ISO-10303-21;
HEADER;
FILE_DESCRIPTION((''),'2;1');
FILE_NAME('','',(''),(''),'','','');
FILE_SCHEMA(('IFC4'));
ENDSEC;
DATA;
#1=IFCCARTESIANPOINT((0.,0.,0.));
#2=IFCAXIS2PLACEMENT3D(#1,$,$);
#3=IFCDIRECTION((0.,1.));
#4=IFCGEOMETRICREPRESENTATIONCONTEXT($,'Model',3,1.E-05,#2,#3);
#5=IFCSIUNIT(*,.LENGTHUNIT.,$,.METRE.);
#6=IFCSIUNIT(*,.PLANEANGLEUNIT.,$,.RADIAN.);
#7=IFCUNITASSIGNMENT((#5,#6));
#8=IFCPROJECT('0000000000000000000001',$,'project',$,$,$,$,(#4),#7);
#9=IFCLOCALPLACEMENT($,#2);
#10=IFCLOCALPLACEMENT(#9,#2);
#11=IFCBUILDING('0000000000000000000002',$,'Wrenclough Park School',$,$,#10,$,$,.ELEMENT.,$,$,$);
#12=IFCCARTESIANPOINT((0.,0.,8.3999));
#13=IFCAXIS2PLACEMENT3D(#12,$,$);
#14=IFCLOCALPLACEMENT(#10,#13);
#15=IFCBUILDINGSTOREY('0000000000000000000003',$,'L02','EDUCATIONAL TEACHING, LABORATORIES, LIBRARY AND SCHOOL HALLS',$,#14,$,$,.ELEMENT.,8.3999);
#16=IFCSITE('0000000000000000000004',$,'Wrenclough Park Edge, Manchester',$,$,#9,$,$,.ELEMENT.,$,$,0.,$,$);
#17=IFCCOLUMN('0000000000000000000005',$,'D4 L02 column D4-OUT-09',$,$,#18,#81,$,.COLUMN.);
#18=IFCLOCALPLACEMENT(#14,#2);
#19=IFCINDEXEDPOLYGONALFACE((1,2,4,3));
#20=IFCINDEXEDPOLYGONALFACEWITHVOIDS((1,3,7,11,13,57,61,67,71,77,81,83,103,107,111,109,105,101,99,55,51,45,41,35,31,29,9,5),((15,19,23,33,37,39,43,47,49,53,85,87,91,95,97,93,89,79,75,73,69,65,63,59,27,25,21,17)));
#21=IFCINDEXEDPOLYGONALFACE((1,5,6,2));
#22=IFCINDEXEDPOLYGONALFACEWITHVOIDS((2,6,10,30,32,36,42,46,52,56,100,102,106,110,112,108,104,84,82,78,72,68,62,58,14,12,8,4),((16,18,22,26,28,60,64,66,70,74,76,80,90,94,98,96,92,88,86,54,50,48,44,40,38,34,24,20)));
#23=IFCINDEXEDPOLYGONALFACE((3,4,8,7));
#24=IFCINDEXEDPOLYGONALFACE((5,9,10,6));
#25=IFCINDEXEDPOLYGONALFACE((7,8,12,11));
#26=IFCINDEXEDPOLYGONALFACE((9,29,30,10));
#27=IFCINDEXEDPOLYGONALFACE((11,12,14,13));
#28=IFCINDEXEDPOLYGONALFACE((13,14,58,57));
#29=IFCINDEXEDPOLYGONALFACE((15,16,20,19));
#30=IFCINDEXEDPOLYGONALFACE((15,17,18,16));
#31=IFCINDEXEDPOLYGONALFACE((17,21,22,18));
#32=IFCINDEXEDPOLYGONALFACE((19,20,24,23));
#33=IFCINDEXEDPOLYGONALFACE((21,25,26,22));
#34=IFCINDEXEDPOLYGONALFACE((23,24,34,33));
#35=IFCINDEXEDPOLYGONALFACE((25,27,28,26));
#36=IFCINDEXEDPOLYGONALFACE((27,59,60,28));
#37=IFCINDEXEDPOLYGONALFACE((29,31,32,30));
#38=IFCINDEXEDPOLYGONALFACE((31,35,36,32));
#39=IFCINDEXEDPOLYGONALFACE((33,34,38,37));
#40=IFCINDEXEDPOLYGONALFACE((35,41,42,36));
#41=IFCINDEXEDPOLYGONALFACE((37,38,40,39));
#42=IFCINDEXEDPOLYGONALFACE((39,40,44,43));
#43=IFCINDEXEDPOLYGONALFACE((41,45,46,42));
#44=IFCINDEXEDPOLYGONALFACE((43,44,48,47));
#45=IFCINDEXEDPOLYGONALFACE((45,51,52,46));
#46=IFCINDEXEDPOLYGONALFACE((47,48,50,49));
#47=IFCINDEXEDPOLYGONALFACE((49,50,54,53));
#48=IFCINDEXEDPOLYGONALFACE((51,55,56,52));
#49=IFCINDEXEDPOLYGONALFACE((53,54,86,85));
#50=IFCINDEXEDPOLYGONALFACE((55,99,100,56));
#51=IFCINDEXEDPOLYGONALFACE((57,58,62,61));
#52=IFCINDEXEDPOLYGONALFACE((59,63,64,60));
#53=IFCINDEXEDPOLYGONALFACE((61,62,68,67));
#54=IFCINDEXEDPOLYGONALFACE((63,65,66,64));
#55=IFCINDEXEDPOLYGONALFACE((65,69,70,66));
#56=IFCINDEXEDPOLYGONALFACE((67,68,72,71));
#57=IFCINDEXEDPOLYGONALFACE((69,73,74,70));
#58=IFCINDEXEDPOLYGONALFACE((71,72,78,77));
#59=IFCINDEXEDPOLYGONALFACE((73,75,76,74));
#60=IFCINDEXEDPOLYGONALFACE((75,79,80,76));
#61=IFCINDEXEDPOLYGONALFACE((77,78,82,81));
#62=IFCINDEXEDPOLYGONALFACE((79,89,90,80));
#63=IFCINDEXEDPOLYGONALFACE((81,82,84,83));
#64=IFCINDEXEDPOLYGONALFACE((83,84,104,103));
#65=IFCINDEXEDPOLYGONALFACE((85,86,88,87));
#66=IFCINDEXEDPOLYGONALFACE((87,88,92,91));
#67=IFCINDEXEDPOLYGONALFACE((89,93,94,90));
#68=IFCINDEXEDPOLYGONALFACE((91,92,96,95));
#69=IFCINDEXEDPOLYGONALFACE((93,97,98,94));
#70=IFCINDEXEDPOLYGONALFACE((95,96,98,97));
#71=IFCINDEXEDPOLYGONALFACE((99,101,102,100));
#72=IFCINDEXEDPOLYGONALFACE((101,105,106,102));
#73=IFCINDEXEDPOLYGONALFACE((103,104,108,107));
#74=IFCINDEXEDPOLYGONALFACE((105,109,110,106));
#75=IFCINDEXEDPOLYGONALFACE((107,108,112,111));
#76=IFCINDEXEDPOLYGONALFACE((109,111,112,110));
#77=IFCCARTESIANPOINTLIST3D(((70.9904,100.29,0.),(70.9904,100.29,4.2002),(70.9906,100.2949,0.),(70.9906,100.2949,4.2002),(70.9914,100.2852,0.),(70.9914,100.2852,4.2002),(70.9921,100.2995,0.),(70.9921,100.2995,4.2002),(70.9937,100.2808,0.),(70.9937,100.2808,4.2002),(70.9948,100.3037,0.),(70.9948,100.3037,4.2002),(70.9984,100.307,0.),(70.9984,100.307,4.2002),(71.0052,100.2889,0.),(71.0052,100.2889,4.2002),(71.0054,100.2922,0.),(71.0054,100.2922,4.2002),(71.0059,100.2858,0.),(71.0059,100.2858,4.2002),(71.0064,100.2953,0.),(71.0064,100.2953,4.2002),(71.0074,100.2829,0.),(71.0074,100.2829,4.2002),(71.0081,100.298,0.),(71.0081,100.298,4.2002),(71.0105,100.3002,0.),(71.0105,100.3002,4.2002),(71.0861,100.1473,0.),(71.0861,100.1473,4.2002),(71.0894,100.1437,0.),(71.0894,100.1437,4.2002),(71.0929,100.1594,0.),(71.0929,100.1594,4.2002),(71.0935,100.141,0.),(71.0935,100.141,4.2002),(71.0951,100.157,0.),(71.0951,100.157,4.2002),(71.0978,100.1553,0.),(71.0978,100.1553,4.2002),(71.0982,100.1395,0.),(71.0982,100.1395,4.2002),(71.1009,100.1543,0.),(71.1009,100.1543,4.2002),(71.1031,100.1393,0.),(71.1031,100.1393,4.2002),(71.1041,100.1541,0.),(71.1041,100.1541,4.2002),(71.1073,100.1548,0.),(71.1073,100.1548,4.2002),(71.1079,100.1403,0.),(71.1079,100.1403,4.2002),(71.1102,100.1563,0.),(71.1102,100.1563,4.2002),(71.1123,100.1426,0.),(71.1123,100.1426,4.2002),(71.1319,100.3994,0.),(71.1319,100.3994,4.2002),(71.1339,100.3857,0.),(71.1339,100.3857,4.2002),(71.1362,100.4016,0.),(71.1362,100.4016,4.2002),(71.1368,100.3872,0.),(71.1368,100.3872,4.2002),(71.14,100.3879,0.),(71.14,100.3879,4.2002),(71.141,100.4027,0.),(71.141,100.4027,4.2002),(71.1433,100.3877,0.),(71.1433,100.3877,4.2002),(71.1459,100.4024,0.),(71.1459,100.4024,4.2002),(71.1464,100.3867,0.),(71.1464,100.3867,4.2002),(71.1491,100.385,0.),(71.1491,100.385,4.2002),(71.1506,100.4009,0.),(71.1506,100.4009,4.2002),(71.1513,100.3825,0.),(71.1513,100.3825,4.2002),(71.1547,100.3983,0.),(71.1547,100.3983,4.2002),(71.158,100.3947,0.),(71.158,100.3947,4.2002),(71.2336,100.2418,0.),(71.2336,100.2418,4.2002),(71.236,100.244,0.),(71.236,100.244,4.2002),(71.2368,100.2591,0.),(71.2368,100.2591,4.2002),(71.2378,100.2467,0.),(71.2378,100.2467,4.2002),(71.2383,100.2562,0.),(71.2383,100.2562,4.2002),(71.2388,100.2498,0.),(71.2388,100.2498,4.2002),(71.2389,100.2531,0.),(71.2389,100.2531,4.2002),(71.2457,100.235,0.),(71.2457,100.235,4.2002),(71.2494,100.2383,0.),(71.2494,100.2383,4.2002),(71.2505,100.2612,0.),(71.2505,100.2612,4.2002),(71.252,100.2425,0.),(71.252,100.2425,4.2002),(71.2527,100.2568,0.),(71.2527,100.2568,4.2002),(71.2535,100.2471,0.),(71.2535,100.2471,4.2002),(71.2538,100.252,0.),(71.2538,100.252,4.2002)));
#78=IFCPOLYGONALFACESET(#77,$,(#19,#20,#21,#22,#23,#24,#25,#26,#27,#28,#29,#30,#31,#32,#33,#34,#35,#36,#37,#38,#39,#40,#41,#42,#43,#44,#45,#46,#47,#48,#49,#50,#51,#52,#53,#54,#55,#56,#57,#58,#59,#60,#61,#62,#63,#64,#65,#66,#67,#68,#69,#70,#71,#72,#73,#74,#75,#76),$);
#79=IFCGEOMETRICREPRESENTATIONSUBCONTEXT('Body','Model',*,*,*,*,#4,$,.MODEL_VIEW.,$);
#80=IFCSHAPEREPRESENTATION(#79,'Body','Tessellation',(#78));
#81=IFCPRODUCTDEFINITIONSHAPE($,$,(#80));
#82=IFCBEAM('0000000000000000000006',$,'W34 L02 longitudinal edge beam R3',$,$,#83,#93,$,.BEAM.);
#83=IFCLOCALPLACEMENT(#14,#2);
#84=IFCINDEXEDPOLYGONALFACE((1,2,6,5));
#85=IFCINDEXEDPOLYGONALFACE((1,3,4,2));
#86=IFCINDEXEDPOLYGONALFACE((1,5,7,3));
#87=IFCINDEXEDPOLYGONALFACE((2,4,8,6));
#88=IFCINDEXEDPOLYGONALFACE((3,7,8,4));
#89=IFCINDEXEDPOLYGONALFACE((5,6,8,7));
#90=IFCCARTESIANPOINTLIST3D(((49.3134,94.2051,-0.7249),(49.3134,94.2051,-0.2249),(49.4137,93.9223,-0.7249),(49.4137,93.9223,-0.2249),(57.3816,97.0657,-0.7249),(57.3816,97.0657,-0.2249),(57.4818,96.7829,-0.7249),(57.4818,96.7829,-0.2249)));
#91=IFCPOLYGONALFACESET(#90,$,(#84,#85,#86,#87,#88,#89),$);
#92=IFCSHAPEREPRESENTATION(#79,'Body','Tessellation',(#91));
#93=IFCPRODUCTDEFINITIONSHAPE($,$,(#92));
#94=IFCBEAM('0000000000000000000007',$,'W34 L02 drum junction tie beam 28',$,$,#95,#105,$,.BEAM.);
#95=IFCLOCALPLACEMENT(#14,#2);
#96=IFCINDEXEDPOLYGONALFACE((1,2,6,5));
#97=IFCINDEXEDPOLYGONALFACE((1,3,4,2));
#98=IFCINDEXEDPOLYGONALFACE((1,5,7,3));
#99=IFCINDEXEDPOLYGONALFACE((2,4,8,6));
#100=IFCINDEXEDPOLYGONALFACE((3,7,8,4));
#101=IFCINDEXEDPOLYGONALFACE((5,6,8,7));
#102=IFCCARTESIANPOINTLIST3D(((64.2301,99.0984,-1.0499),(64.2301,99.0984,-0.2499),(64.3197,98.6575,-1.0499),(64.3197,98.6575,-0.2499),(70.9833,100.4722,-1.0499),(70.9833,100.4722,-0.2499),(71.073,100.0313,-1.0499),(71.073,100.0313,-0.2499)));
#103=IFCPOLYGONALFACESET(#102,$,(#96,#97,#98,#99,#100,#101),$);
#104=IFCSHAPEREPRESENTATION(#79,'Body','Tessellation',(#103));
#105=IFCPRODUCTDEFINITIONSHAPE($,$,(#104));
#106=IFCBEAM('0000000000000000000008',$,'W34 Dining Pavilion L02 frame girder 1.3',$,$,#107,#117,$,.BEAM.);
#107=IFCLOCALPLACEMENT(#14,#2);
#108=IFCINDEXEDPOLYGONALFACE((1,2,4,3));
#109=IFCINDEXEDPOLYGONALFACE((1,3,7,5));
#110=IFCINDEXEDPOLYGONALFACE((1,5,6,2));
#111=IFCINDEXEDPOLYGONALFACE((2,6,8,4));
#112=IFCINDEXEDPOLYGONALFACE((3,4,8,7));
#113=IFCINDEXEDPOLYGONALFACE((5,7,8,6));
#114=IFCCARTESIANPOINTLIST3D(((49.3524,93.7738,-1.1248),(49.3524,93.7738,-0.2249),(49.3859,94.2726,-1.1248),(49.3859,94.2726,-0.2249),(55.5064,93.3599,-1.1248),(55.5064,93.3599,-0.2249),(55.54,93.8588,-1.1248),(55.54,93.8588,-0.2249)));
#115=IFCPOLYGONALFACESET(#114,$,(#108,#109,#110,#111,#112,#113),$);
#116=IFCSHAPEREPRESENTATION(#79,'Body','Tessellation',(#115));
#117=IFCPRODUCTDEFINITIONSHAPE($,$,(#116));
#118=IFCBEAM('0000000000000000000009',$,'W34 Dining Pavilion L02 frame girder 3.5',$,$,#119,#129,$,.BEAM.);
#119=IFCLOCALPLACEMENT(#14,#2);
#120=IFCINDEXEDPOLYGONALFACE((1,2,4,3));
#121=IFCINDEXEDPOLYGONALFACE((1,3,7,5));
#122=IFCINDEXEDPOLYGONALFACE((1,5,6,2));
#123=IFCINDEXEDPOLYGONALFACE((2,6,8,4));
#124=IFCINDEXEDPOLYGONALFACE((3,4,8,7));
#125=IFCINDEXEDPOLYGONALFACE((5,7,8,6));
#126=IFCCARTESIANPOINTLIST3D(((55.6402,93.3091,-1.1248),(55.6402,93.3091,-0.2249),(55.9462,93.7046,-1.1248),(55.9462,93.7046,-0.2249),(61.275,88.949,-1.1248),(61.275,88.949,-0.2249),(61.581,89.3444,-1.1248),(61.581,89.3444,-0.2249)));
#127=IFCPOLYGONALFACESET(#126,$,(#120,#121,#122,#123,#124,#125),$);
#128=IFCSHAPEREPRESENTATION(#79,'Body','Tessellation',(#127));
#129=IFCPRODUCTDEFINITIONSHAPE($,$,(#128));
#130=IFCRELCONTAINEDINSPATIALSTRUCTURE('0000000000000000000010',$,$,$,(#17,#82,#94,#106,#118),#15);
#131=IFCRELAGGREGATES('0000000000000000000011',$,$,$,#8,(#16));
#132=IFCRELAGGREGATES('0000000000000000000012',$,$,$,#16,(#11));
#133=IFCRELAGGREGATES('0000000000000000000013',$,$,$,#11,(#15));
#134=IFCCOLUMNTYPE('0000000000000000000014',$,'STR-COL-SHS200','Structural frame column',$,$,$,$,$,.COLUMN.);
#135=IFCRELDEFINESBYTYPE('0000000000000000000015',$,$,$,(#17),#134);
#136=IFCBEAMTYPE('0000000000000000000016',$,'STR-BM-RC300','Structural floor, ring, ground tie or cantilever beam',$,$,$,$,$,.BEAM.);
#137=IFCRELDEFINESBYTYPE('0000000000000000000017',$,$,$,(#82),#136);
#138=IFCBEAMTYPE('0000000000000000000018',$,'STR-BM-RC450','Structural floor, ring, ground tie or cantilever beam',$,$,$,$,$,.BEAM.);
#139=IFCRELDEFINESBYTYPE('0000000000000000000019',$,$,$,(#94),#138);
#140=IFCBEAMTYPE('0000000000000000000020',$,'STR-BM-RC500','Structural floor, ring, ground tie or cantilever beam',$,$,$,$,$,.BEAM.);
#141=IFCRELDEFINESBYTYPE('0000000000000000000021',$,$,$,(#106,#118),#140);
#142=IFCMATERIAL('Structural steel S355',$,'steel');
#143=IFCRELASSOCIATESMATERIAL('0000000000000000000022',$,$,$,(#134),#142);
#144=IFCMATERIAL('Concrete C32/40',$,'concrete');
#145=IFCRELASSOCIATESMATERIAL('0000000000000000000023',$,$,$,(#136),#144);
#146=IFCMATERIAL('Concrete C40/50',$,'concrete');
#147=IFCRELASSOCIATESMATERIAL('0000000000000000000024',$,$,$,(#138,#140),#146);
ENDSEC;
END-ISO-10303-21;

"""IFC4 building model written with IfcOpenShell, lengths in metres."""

from ifc_helpers import new_model, si_unit, direction, frame, origin, origin_2d, place, context, subcontext, project, spatial, rectangle, hollow_rectangle, extrude, material, material_profile, profile_set, type_object, element, save


model = new_model("IFC4")

# Units and contexts
model_context = context("Model", 3, precision=1e-05, world=origin(), true_north=direction((0.0, 1.0)))
body_context = subcontext(model_context, "Body", "Model", "MODEL_VIEW")
ifc_project = project(units=[si_unit("LENGTHUNIT", "METRE"), si_unit("PLANEANGLEUNIT", "RADIAN")], contexts=[model_context])

# Site, building, storey
site_placement = place(None, origin())
site = spatial("IfcSite", under=ifc_project, at=site_placement, Name="Wrenclough Park Edge, Manchester", CompositionType="ELEMENT", RefElevation=0.0)
building_placement = place(site_placement, origin())
building = spatial("IfcBuilding", under=site, at=building_placement, Name="Wrenclough Park School", CompositionType="ELEMENT")
storey_placement = place(building_placement, frame((0.0, 0.0, 8.3999)))
storey = spatial("IfcBuildingStorey", under=building, at=storey_placement, Name="L02", Description="EDUCATIONAL TEACHING, LABORATORIES, LIBRARY AND SCHOOL HALLS", CompositionType="ELEMENT", Elevation=8.3999)

# Column
ifc_material_1 = material(Name="Structural steel S355", Category="steel")
ifc_material_profile_1 = material_profile(ifc_material_1, hollow_rectangle(XDim=0.2, YDim=0.2, WallThickness=0.0125, InnerFilletRadius=0.0125, OuterFilletRadius=0.0188, at=origin_2d()), Name="SHS 200x200x12.5")
ifc_profile_set_1 = profile_set([ifc_material_profile_1], Name="Structural steel S355")
column_type = type_object("IfcColumnType", Name="STR-COL-SHS200", Description="Structural frame column", PredefinedType="COLUMN", material=ifc_profile_set_1)
column_placement = place(storey_placement, frame((71.1221, 100.271, 0.0), z_axis=(0.0, 0.0, 1.0), x_axis=(0.569423, -0.822045, 0.0)))
element("IfcColumn", 1, at=column_placement, inside=storey, type_object=column_type, Name="D4 L02 column D4-OUT-09", PredefinedType="COLUMN", context=body_context, shape_type="SweptSolid", body=[
    extrude(hollow_rectangle(XDim=0.2, YDim=0.2, WallThickness=0.0125, InnerFilletRadius=0.0125, OuterFilletRadius=0.0188, at=origin_2d()), origin(), (0.0, 0.0, 1.0), 4.2002),
])

# Beams
ifc_material_2 = material(Name="Concrete C32/40", Category="concrete")
ifc_material_profile_2 = material_profile(ifc_material_2, rectangle(XDim=0.3, YDim=0.5, at=origin_2d()), Name="RC BEAM 300x500")
ifc_profile_set_2 = profile_set([ifc_material_profile_2], Name="Concrete C32/40")
beam_type_1 = type_object("IfcBeamType", Name="STR-BM-RC300", Description="Structural floor, ring, ground tie or cantilever beam", PredefinedType="BEAM", material=ifc_profile_set_2)
beam_1_placement = place(storey_placement, frame((49.3635, 94.0637, -0.4749), z_axis=(0.942512, 0.334173, 0.0), x_axis=(-0.334173, 0.942512, 0.0)))
element("IfcBeam", 2, at=beam_1_placement, inside=storey, type_object=beam_type_1, Name="W34 L02 longitudinal edge beam R3", PredefinedType="BEAM", context=body_context, shape_type="SweptSolid", body=[
    extrude(rectangle(XDim=0.3, YDim=0.5, at=origin_2d()), origin(), (0.0, 0.0, 1.0), 8.5603),
])
ifc_material_3 = material(Name="Concrete C40/50", Category="concrete")
ifc_material_profile_3 = material_profile(ifc_material_3, rectangle(XDim=0.45, YDim=0.8, at=origin_2d()), Name="RC BEAM 450x800")
ifc_profile_set_3 = profile_set([ifc_material_profile_3], Name="Concrete C40/50")
beam_type_2 = type_object("IfcBeamType", Name="STR-BM-RC450", Description="Structural floor, ring, ground tie or cantilever beam", PredefinedType="BEAM", material=ifc_profile_set_3)
beam_2_placement = place(storey_placement, frame((64.2749, 98.8779, -0.6499), z_axis=(0.97993, 0.199344, 0.0), x_axis=(-0.199344, 0.97993, 0.0)))
element("IfcBeam", 3, at=beam_2_placement, inside=storey, type_object=beam_type_2, Name="W34 L02 drum junction tie beam 28", PredefinedType="BEAM", context=body_context, shape_type="SweptSolid", body=[
    extrude(rectangle(XDim=0.45, YDim=0.8, at=origin_2d()), origin(), (0.0, 0.0, 1.0), 6.8916),
])
ifc_material_profile_4 = material_profile(ifc_material_3, rectangle(XDim=0.5, YDim=0.8999, at=origin_2d()), Name="RC BEAM 500x900")
ifc_profile_set_4 = profile_set([ifc_material_profile_4], Name="Concrete C40/50")
beam_type_3 = type_object("IfcBeamType", Name="STR-BM-RC500", Description="Structural floor, ring, ground tie or cantilever beam", PredefinedType="BEAM", material=ifc_profile_set_4)
beam_3_placement = place(storey_placement, frame((49.3691, 94.0232, -0.6748), z_axis=(0.997747, -0.067092, 0.0), x_axis=(0.067092, 0.997747, 0.0)))
element("IfcBeam", 4, at=beam_3_placement, inside=storey, type_object=beam_type_3, Name="W34 Dining Pavilion L02 frame girder 1.3", PredefinedType="BEAM", context=body_context, shape_type="SweptSolid", body=[
    extrude(rectangle(XDim=0.5, YDim=0.8999, at=origin_2d()), origin(), (0.0, 0.0, 1.0), 6.168),
])
beam_4_placement = place(storey_placement, frame((55.7932, 93.5068, -0.6748), z_axis=(0.790879, -0.611972, 0.0), x_axis=(0.611972, 0.790879, 0.0)))
element("IfcBeam", 5, at=beam_4_placement, inside=storey, type_object=beam_type_3, Name="W34 Dining Pavilion L02 frame girder 3.5", PredefinedType="BEAM", context=body_context, shape_type="SweptSolid", body=[
    extrude(rectangle(XDim=0.5, YDim=0.8999, at=origin_2d()), origin(), (0.0, 0.0, 1.0), 7.1248),
])

save(model, "model.ifc")
